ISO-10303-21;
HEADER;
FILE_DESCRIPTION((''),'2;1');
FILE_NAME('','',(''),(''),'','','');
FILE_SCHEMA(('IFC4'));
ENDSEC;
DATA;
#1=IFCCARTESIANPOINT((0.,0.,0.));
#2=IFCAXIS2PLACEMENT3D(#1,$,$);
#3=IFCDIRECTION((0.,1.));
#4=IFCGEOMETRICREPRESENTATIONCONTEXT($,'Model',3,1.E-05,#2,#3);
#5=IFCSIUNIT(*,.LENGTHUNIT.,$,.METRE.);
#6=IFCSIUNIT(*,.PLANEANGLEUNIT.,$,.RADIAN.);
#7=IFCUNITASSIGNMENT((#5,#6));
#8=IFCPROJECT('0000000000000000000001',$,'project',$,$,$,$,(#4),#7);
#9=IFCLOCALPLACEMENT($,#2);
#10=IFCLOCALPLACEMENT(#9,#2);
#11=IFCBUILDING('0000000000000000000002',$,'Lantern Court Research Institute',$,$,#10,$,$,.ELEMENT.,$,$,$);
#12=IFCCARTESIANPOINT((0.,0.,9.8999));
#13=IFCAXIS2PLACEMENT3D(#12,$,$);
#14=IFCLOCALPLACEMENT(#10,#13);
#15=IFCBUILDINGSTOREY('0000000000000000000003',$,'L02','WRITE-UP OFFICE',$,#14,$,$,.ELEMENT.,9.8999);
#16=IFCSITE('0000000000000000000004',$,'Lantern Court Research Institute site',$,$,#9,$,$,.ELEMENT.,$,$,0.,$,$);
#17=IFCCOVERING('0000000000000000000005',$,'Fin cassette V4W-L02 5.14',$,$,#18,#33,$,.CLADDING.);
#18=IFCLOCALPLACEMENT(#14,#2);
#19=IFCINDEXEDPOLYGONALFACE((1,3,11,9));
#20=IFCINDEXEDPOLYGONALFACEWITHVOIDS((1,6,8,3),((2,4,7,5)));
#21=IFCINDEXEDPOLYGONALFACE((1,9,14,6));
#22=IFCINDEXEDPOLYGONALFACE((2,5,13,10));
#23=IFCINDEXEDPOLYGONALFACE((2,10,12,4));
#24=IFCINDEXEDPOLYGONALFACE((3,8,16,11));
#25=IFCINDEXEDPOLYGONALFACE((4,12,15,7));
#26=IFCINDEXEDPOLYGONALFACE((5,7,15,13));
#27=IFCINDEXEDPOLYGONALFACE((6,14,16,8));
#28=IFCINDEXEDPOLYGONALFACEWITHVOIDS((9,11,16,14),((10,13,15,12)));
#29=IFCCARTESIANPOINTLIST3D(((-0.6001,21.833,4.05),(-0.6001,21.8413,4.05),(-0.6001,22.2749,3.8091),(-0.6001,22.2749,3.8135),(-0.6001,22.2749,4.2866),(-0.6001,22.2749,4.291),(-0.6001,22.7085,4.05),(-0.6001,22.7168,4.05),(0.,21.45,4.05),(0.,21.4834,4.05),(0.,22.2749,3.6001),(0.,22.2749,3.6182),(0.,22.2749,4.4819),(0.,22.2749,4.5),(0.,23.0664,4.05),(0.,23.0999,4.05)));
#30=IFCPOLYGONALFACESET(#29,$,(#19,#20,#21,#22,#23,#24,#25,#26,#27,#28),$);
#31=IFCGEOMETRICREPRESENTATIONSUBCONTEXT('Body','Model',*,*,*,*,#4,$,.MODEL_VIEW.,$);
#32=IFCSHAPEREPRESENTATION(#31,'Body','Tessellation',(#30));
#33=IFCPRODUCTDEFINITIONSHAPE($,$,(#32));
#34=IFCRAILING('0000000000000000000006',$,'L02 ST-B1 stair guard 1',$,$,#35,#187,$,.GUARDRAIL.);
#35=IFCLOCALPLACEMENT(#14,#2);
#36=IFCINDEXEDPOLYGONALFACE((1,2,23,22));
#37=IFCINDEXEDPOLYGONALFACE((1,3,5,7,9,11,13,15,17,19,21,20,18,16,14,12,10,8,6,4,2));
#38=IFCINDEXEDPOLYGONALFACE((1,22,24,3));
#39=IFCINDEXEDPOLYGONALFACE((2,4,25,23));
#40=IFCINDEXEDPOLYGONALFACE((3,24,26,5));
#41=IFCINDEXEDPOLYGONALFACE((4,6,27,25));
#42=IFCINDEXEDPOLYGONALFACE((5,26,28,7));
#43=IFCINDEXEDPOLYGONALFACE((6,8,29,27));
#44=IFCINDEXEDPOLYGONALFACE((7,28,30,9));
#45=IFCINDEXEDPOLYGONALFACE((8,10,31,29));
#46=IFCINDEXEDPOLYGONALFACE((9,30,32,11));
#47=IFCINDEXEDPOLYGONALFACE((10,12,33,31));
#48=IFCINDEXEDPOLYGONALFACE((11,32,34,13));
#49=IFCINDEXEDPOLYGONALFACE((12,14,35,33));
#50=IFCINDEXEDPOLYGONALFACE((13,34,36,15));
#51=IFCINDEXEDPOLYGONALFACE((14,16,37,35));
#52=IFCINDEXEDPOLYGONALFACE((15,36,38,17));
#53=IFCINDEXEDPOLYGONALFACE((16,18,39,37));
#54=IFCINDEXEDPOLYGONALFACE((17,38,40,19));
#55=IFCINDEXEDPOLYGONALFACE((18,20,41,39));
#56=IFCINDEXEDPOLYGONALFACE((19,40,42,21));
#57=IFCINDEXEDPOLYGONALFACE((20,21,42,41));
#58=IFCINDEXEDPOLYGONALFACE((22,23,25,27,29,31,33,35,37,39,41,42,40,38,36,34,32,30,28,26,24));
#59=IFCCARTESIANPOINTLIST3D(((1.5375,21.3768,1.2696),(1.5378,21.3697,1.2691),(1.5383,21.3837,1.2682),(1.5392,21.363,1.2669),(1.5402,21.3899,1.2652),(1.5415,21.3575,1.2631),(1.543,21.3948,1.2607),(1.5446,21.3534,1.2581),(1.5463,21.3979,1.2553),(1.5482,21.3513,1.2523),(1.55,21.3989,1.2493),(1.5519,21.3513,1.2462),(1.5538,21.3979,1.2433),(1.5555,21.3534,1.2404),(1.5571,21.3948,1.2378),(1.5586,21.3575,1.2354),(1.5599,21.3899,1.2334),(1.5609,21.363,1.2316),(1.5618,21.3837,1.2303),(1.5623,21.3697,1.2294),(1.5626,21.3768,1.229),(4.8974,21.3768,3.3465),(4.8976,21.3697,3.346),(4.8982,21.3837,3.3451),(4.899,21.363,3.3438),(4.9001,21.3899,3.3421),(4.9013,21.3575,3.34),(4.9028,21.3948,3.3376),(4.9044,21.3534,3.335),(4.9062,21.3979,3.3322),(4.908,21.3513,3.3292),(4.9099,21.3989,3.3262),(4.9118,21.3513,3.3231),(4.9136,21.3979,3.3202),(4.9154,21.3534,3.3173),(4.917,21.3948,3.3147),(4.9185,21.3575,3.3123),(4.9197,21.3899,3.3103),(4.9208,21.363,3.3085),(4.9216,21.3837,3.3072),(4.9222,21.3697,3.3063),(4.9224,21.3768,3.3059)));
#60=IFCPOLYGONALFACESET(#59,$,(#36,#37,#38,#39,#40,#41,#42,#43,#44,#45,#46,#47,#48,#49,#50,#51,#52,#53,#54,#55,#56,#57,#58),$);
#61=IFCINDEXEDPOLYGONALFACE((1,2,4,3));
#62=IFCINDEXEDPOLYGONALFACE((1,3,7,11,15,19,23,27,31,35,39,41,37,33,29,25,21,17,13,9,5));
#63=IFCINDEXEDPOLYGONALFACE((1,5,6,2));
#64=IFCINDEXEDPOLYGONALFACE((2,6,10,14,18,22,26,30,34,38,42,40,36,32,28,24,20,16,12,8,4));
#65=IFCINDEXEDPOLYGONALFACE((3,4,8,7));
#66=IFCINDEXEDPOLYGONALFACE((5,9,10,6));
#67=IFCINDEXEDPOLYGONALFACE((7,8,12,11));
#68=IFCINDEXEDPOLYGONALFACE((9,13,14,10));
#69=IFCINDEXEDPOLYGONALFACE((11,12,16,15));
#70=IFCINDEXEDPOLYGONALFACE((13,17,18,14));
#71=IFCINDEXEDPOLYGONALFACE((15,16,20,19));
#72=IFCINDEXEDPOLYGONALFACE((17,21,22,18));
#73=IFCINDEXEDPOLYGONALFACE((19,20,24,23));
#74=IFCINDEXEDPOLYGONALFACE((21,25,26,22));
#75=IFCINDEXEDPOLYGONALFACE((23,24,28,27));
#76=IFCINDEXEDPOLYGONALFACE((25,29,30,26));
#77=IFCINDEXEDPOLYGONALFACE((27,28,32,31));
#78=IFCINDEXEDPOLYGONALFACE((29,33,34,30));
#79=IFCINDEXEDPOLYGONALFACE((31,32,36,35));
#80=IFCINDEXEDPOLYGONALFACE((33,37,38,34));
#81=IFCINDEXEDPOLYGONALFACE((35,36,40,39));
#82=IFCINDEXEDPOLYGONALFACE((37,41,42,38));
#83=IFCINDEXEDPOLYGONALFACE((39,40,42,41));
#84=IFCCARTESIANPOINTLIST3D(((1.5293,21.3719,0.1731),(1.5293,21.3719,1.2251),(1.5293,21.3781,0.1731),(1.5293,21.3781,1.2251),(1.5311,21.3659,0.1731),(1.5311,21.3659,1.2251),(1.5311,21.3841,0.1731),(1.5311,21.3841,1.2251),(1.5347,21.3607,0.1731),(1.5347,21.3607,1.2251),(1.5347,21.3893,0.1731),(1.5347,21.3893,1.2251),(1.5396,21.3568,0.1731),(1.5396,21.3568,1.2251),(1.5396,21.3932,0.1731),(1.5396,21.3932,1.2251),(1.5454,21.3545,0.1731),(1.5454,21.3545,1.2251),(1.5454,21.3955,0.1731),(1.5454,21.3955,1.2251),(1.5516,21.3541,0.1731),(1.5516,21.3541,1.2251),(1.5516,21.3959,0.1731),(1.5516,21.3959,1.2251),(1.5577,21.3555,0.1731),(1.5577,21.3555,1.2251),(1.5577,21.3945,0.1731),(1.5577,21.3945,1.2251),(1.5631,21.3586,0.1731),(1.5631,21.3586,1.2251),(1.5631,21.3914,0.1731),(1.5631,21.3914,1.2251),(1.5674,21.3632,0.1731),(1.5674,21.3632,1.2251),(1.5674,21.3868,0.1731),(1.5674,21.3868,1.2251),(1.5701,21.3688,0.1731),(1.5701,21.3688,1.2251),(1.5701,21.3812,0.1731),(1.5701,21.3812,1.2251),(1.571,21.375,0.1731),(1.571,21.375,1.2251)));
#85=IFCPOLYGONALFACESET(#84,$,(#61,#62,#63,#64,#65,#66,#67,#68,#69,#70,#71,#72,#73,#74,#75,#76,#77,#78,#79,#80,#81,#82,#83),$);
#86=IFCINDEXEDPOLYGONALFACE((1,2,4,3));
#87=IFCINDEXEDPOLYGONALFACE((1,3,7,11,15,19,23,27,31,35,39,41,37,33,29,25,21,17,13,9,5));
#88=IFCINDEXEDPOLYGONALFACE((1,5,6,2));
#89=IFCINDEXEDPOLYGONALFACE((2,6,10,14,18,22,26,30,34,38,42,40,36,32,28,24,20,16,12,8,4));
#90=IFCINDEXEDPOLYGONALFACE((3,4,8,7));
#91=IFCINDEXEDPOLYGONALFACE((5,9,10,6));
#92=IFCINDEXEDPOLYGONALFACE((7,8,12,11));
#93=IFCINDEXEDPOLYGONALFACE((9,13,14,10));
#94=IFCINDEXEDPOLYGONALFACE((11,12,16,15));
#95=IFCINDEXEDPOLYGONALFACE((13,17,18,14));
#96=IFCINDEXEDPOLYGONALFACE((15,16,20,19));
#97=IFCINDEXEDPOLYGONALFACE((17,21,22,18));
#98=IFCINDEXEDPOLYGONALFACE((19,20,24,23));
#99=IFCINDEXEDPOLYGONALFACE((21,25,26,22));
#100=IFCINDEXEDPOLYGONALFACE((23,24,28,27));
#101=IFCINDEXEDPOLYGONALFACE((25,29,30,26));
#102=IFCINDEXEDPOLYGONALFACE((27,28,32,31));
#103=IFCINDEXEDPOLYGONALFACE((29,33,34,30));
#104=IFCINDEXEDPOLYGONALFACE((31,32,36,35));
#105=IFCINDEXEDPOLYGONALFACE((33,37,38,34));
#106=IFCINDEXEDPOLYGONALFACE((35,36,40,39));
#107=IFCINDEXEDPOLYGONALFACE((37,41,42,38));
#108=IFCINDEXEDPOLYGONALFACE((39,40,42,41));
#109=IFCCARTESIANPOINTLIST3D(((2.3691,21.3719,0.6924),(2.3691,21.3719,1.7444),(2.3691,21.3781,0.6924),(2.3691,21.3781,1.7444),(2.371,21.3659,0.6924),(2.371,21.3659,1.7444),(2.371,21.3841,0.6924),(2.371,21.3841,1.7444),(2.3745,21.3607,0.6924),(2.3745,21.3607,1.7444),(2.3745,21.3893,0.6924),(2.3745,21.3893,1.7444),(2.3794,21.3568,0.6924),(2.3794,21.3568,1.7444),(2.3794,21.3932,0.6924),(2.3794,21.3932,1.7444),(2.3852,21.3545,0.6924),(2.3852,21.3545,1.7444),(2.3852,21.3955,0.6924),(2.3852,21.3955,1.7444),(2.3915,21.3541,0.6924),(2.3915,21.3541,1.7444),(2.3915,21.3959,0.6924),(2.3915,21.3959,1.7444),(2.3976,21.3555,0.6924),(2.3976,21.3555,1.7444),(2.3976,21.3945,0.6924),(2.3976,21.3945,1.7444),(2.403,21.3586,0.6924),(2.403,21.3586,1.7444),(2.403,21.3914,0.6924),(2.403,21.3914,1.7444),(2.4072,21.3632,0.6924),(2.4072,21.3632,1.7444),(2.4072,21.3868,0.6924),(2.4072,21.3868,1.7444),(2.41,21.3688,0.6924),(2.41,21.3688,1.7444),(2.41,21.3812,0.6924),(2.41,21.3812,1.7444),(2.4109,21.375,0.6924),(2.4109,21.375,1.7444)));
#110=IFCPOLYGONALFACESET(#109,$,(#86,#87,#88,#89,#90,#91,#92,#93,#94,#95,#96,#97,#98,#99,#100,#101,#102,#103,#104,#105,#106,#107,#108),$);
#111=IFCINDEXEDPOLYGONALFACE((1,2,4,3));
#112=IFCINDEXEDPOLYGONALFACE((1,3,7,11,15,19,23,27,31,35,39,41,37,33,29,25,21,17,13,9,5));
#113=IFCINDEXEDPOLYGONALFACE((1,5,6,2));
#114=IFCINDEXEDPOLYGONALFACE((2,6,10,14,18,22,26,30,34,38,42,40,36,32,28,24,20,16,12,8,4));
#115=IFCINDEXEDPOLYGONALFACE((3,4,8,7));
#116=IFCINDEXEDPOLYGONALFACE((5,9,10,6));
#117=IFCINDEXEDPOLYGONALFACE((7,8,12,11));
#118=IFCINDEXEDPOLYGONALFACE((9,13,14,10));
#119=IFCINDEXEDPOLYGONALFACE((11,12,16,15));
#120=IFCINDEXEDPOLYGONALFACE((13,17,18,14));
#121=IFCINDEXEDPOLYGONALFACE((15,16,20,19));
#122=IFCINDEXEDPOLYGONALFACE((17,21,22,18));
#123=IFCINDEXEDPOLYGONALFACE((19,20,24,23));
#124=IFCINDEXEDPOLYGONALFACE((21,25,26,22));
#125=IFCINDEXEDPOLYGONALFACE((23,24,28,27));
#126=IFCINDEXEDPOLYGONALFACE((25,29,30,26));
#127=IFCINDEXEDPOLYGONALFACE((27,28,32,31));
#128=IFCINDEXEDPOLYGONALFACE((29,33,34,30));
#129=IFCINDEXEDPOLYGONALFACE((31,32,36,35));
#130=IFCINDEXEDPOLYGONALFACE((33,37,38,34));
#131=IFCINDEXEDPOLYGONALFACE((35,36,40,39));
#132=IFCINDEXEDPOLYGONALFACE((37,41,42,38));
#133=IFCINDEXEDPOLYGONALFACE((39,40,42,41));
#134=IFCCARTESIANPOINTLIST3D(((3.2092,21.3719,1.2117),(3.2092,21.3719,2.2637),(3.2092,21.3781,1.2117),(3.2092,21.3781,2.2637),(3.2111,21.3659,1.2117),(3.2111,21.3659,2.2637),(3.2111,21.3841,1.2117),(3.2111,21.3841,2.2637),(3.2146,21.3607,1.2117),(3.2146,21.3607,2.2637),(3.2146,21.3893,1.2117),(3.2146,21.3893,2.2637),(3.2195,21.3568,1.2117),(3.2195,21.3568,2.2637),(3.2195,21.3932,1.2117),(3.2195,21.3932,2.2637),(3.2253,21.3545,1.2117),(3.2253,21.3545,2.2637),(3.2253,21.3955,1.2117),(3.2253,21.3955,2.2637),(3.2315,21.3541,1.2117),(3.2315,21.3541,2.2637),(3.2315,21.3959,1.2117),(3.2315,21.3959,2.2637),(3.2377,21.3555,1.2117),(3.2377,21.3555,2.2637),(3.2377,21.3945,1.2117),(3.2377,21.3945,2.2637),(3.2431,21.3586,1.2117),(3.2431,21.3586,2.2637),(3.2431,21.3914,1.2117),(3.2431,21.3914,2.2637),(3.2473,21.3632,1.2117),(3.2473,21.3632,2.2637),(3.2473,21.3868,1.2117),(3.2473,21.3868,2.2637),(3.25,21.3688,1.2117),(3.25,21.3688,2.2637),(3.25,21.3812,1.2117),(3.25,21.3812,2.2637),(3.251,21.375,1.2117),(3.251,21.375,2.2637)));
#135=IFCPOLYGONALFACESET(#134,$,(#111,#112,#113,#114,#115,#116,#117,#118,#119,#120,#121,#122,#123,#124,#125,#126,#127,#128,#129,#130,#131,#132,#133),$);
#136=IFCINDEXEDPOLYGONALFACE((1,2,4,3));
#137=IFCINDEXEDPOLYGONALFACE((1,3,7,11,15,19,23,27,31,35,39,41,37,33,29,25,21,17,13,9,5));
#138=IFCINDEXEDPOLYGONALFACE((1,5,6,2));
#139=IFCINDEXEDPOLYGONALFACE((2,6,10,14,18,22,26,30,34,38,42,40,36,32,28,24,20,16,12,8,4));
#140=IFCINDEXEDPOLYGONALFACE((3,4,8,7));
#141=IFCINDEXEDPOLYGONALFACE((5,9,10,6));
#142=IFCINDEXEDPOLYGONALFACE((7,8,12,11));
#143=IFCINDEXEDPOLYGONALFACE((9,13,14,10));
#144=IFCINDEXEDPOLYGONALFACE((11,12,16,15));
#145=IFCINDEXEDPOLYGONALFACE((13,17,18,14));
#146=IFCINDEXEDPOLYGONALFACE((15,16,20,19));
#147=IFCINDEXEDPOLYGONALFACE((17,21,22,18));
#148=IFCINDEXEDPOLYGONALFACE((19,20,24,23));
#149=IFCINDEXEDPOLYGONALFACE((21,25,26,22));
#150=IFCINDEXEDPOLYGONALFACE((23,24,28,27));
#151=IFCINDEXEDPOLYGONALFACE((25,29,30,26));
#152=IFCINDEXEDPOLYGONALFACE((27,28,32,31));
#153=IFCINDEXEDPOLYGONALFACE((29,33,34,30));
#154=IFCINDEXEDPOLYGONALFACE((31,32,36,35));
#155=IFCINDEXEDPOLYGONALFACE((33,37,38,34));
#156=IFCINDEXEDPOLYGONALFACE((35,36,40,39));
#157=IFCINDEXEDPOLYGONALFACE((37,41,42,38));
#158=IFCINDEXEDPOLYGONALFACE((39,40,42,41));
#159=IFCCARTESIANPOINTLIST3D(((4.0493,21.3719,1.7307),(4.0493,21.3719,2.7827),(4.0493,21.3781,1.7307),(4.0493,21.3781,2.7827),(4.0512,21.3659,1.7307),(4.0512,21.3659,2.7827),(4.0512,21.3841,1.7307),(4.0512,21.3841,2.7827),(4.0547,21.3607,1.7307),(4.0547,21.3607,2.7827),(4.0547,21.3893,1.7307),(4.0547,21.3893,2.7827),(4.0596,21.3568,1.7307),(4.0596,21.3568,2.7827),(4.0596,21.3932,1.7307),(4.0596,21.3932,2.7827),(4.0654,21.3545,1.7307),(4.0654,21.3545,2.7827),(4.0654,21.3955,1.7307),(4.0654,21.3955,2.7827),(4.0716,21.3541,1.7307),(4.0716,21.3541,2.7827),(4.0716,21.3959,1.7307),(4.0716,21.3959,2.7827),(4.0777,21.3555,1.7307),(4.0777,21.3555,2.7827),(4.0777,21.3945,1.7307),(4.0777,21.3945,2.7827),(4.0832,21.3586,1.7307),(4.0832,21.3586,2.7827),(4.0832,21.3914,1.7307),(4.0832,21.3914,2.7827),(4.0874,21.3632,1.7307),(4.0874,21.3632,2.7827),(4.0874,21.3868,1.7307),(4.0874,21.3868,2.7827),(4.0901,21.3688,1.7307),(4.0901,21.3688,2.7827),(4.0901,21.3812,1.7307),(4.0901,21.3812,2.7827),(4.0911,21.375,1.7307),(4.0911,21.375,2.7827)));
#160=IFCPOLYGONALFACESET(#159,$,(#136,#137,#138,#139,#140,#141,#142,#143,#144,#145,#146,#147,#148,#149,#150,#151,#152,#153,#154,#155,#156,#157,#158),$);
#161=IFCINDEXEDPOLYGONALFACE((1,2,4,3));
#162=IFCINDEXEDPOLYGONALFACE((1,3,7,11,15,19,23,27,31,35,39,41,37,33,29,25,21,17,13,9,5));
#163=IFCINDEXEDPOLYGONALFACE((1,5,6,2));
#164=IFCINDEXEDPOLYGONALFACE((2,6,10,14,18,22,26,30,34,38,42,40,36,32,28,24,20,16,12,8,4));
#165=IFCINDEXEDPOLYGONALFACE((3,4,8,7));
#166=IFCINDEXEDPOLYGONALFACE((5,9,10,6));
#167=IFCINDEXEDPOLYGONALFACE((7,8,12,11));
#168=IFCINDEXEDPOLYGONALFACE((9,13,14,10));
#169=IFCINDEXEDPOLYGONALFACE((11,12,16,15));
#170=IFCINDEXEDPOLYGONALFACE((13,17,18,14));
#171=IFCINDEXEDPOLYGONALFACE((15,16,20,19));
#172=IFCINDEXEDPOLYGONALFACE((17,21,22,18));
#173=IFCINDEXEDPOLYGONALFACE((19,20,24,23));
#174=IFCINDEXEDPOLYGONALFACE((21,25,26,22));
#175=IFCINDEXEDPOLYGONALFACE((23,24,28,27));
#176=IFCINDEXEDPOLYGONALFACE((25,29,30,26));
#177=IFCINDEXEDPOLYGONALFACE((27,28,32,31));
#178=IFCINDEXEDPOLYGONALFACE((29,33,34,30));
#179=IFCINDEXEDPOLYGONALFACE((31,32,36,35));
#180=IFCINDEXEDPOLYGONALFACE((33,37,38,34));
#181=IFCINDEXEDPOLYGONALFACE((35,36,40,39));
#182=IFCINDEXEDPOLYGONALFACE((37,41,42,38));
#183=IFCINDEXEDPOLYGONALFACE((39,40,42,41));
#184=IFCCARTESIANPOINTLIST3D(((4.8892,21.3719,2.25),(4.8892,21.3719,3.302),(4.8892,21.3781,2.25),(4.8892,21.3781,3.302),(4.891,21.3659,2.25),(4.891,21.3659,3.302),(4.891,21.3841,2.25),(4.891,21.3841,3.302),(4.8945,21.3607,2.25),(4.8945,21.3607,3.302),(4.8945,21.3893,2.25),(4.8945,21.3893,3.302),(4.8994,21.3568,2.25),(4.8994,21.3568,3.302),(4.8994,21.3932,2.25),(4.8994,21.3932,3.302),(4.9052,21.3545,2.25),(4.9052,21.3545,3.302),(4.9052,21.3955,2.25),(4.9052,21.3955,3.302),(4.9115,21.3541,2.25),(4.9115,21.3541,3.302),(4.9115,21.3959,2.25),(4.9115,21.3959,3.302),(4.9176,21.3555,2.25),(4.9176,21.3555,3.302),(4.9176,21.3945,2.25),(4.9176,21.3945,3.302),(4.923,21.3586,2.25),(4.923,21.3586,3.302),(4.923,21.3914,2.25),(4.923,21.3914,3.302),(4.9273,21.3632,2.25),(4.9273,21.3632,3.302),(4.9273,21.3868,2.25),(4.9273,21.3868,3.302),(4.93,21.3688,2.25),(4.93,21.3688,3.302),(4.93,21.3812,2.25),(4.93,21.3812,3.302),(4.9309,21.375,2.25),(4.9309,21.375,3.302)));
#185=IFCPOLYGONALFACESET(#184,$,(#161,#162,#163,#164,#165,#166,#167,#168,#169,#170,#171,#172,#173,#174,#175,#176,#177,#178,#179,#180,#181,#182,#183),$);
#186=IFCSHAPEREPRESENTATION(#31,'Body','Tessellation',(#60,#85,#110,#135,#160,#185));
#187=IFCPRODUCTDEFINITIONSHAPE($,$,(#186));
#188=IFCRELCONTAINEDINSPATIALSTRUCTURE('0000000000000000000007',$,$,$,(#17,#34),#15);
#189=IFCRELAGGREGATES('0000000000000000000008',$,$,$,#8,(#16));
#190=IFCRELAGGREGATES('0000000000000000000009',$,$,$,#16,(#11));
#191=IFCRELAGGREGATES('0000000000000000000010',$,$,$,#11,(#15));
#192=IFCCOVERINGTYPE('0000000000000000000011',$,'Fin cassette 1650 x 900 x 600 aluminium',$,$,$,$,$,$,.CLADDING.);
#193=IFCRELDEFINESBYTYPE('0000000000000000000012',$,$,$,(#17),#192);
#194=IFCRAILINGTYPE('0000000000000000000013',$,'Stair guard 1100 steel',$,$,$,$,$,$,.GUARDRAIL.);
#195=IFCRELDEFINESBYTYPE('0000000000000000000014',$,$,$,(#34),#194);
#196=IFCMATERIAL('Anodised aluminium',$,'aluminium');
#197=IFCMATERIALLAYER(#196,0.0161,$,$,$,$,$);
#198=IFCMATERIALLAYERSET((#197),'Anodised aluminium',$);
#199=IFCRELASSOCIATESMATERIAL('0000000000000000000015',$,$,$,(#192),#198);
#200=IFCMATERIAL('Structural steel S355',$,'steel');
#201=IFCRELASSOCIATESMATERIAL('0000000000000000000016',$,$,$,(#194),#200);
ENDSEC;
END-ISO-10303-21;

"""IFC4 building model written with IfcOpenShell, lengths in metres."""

from ifc_helpers import new_model, entity, si_unit, direction, frame, origin, origin_2d, place, context, subcontext, project, spatial, circle, extrude, material, layer, layer_set, type_object, element, save


model = new_model("IFC4")

# Units and contexts
model_context = context("Model", 3, precision=1e-05, world=origin(), true_north=direction((0.0, 1.0)))
body_context = subcontext(model_context, "Body", "Model", "MODEL_VIEW")
ifc_project = project(units=[si_unit("LENGTHUNIT", "METRE"), si_unit("PLANEANGLEUNIT", "RADIAN")], contexts=[model_context])

# Site, building, storey
site_placement = place(None, origin())
site = spatial("IfcSite", under=ifc_project, at=site_placement, Name="Lantern Court Research Institute site", CompositionType="ELEMENT", RefElevation=0.0)
building_placement = place(site_placement, origin())
building = spatial("IfcBuilding", under=site, at=building_placement, Name="Lantern Court Research Institute", CompositionType="ELEMENT")
storey_placement = place(building_placement, frame((0.0, 0.0, 9.8999)))
storey = spatial("IfcBuildingStorey", under=building, at=storey_placement, Name="L02", Description="WRITE-UP OFFICE", CompositionType="ELEMENT", Elevation=9.8999)

# Covering
ifc_material_1 = material(Name="Anodised aluminium", Category="aluminium")
ifc_layer_1 = layer(ifc_material_1, 0.0161)
ifc_layer_set_1 = layer_set([ifc_layer_1], Name="Anodised aluminium")
covering_type = type_object("IfcCoveringType", Name="Fin cassette 1650 x 900 x 600 aluminium", PredefinedType="CLADDING", material=ifc_layer_set_1)
covering_1_placement = place(storey_placement, frame((0.0, 22.2749, 4.05), z_axis=(-1.0, 0.0, 0.0), x_axis=(0.0, -1.0, 0.0)))
cartesian_point_1 = entity("IfcCartesianPoint", [0.825, 0.0])
cartesian_point_2 = entity("IfcCartesianPoint", [0.7915, 0.0])
cartesian_point_3 = entity("IfcCartesianPoint", [0.4419, 0.0])
cartesian_point_4 = entity("IfcCartesianPoint", [0.4336, 0.0])
element("IfcCovering", 1, at=covering_1_placement, inside=storey, type_object=covering_type, Name="Fin cassette V4W-L02 5.14", PredefinedType="CLADDING", context=body_context, shape_type="SweptSolid", body=[
    entity("IfcExtrudedAreaSolidTapered", entity("IfcArbitraryProfileDefWithVoids", "AREA", None, entity("IfcPolyline", [cartesian_point_1, entity("IfcCartesianPoint", [0.0, 0.45]), entity("IfcCartesianPoint", [-0.825, 0.0]), entity("IfcCartesianPoint", [0.0, -0.45]), cartesian_point_1]), [entity("IfcPolyline", [cartesian_point_2, entity("IfcCartesianPoint", [0.0, 0.4319]), entity("IfcCartesianPoint", [-0.7915, 0.0]), entity("IfcCartesianPoint", [0.0, -0.4319]), cartesian_point_2])]), entity("IfcAxis2Placement3D", entity("IfcCartesianPoint", [0.0, 0.0, 0.0])), entity("IfcDirection", [0.0, 0.0, 1.0]), 0.6001, entity("IfcArbitraryProfileDefWithVoids", "AREA", None, entity("IfcPolyline", [cartesian_point_3, entity("IfcCartesianPoint", [0.0, 0.241]), entity("IfcCartesianPoint", [-0.4419, 0.0]), entity("IfcCartesianPoint", [0.0, -0.241]), cartesian_point_3]), [entity("IfcPolyline", [cartesian_point_4, entity("IfcCartesianPoint", [0.0, 0.2366]), entity("IfcCartesianPoint", [-0.4336, 0.0]), entity("IfcCartesianPoint", [0.0, -0.2366]), cartesian_point_4])])),
])

# Railing
ifc_material_2 = material(Name="Structural steel S355", Category="steel")
railing_type_1 = type_object("IfcRailingType", Name="Stair guard 1100 steel", PredefinedType="GUARDRAIL", material=ifc_material_2)
railing_1_placement = place(storey_placement, frame((1.55, 21.375, 0.1731)))
element("IfcRailing", 2, at=railing_1_placement, inside=storey, type_object=railing_type_1, Name="L02 ST-B1 stair guard 1", PredefinedType="GUARDRAIL", context=body_context, shape_type="SweptSolid", body=[
    extrude(circle(Radius=0.0239, at=origin_2d()), frame((0.0, 0.0, 1.0762), z_axis=(0.850606, 0.0, 0.525803), x_axis=(0.0, 1.0, 0.0)), (0.0, 0.0, 1.0), 3.95),
    extrude(circle(Radius=0.021, at=origin_2d()), origin(), (0.0, 0.0, 1.0), 1.052),
    extrude(circle(Radius=0.021, at=origin_2d()), frame((0.8398, 0.0, 0.5193)), (0.0, 0.0, 1.0), 1.052),
    extrude(circle(Radius=0.021, at=origin_2d()), frame((1.6799, 0.0, 1.0386)), (0.0, 0.0, 1.0), 1.052),
    extrude(circle(Radius=0.021, at=origin_2d()), frame((2.52, 0.0, 1.5576)), (0.0, 0.0, 1.0), 1.052),
    extrude(circle(Radius=0.021, at=origin_2d()), frame((3.3599, 0.0, 2.0769)), (0.0, 0.0, 1.0), 1.052),
])

save(model, "model.ifc")
